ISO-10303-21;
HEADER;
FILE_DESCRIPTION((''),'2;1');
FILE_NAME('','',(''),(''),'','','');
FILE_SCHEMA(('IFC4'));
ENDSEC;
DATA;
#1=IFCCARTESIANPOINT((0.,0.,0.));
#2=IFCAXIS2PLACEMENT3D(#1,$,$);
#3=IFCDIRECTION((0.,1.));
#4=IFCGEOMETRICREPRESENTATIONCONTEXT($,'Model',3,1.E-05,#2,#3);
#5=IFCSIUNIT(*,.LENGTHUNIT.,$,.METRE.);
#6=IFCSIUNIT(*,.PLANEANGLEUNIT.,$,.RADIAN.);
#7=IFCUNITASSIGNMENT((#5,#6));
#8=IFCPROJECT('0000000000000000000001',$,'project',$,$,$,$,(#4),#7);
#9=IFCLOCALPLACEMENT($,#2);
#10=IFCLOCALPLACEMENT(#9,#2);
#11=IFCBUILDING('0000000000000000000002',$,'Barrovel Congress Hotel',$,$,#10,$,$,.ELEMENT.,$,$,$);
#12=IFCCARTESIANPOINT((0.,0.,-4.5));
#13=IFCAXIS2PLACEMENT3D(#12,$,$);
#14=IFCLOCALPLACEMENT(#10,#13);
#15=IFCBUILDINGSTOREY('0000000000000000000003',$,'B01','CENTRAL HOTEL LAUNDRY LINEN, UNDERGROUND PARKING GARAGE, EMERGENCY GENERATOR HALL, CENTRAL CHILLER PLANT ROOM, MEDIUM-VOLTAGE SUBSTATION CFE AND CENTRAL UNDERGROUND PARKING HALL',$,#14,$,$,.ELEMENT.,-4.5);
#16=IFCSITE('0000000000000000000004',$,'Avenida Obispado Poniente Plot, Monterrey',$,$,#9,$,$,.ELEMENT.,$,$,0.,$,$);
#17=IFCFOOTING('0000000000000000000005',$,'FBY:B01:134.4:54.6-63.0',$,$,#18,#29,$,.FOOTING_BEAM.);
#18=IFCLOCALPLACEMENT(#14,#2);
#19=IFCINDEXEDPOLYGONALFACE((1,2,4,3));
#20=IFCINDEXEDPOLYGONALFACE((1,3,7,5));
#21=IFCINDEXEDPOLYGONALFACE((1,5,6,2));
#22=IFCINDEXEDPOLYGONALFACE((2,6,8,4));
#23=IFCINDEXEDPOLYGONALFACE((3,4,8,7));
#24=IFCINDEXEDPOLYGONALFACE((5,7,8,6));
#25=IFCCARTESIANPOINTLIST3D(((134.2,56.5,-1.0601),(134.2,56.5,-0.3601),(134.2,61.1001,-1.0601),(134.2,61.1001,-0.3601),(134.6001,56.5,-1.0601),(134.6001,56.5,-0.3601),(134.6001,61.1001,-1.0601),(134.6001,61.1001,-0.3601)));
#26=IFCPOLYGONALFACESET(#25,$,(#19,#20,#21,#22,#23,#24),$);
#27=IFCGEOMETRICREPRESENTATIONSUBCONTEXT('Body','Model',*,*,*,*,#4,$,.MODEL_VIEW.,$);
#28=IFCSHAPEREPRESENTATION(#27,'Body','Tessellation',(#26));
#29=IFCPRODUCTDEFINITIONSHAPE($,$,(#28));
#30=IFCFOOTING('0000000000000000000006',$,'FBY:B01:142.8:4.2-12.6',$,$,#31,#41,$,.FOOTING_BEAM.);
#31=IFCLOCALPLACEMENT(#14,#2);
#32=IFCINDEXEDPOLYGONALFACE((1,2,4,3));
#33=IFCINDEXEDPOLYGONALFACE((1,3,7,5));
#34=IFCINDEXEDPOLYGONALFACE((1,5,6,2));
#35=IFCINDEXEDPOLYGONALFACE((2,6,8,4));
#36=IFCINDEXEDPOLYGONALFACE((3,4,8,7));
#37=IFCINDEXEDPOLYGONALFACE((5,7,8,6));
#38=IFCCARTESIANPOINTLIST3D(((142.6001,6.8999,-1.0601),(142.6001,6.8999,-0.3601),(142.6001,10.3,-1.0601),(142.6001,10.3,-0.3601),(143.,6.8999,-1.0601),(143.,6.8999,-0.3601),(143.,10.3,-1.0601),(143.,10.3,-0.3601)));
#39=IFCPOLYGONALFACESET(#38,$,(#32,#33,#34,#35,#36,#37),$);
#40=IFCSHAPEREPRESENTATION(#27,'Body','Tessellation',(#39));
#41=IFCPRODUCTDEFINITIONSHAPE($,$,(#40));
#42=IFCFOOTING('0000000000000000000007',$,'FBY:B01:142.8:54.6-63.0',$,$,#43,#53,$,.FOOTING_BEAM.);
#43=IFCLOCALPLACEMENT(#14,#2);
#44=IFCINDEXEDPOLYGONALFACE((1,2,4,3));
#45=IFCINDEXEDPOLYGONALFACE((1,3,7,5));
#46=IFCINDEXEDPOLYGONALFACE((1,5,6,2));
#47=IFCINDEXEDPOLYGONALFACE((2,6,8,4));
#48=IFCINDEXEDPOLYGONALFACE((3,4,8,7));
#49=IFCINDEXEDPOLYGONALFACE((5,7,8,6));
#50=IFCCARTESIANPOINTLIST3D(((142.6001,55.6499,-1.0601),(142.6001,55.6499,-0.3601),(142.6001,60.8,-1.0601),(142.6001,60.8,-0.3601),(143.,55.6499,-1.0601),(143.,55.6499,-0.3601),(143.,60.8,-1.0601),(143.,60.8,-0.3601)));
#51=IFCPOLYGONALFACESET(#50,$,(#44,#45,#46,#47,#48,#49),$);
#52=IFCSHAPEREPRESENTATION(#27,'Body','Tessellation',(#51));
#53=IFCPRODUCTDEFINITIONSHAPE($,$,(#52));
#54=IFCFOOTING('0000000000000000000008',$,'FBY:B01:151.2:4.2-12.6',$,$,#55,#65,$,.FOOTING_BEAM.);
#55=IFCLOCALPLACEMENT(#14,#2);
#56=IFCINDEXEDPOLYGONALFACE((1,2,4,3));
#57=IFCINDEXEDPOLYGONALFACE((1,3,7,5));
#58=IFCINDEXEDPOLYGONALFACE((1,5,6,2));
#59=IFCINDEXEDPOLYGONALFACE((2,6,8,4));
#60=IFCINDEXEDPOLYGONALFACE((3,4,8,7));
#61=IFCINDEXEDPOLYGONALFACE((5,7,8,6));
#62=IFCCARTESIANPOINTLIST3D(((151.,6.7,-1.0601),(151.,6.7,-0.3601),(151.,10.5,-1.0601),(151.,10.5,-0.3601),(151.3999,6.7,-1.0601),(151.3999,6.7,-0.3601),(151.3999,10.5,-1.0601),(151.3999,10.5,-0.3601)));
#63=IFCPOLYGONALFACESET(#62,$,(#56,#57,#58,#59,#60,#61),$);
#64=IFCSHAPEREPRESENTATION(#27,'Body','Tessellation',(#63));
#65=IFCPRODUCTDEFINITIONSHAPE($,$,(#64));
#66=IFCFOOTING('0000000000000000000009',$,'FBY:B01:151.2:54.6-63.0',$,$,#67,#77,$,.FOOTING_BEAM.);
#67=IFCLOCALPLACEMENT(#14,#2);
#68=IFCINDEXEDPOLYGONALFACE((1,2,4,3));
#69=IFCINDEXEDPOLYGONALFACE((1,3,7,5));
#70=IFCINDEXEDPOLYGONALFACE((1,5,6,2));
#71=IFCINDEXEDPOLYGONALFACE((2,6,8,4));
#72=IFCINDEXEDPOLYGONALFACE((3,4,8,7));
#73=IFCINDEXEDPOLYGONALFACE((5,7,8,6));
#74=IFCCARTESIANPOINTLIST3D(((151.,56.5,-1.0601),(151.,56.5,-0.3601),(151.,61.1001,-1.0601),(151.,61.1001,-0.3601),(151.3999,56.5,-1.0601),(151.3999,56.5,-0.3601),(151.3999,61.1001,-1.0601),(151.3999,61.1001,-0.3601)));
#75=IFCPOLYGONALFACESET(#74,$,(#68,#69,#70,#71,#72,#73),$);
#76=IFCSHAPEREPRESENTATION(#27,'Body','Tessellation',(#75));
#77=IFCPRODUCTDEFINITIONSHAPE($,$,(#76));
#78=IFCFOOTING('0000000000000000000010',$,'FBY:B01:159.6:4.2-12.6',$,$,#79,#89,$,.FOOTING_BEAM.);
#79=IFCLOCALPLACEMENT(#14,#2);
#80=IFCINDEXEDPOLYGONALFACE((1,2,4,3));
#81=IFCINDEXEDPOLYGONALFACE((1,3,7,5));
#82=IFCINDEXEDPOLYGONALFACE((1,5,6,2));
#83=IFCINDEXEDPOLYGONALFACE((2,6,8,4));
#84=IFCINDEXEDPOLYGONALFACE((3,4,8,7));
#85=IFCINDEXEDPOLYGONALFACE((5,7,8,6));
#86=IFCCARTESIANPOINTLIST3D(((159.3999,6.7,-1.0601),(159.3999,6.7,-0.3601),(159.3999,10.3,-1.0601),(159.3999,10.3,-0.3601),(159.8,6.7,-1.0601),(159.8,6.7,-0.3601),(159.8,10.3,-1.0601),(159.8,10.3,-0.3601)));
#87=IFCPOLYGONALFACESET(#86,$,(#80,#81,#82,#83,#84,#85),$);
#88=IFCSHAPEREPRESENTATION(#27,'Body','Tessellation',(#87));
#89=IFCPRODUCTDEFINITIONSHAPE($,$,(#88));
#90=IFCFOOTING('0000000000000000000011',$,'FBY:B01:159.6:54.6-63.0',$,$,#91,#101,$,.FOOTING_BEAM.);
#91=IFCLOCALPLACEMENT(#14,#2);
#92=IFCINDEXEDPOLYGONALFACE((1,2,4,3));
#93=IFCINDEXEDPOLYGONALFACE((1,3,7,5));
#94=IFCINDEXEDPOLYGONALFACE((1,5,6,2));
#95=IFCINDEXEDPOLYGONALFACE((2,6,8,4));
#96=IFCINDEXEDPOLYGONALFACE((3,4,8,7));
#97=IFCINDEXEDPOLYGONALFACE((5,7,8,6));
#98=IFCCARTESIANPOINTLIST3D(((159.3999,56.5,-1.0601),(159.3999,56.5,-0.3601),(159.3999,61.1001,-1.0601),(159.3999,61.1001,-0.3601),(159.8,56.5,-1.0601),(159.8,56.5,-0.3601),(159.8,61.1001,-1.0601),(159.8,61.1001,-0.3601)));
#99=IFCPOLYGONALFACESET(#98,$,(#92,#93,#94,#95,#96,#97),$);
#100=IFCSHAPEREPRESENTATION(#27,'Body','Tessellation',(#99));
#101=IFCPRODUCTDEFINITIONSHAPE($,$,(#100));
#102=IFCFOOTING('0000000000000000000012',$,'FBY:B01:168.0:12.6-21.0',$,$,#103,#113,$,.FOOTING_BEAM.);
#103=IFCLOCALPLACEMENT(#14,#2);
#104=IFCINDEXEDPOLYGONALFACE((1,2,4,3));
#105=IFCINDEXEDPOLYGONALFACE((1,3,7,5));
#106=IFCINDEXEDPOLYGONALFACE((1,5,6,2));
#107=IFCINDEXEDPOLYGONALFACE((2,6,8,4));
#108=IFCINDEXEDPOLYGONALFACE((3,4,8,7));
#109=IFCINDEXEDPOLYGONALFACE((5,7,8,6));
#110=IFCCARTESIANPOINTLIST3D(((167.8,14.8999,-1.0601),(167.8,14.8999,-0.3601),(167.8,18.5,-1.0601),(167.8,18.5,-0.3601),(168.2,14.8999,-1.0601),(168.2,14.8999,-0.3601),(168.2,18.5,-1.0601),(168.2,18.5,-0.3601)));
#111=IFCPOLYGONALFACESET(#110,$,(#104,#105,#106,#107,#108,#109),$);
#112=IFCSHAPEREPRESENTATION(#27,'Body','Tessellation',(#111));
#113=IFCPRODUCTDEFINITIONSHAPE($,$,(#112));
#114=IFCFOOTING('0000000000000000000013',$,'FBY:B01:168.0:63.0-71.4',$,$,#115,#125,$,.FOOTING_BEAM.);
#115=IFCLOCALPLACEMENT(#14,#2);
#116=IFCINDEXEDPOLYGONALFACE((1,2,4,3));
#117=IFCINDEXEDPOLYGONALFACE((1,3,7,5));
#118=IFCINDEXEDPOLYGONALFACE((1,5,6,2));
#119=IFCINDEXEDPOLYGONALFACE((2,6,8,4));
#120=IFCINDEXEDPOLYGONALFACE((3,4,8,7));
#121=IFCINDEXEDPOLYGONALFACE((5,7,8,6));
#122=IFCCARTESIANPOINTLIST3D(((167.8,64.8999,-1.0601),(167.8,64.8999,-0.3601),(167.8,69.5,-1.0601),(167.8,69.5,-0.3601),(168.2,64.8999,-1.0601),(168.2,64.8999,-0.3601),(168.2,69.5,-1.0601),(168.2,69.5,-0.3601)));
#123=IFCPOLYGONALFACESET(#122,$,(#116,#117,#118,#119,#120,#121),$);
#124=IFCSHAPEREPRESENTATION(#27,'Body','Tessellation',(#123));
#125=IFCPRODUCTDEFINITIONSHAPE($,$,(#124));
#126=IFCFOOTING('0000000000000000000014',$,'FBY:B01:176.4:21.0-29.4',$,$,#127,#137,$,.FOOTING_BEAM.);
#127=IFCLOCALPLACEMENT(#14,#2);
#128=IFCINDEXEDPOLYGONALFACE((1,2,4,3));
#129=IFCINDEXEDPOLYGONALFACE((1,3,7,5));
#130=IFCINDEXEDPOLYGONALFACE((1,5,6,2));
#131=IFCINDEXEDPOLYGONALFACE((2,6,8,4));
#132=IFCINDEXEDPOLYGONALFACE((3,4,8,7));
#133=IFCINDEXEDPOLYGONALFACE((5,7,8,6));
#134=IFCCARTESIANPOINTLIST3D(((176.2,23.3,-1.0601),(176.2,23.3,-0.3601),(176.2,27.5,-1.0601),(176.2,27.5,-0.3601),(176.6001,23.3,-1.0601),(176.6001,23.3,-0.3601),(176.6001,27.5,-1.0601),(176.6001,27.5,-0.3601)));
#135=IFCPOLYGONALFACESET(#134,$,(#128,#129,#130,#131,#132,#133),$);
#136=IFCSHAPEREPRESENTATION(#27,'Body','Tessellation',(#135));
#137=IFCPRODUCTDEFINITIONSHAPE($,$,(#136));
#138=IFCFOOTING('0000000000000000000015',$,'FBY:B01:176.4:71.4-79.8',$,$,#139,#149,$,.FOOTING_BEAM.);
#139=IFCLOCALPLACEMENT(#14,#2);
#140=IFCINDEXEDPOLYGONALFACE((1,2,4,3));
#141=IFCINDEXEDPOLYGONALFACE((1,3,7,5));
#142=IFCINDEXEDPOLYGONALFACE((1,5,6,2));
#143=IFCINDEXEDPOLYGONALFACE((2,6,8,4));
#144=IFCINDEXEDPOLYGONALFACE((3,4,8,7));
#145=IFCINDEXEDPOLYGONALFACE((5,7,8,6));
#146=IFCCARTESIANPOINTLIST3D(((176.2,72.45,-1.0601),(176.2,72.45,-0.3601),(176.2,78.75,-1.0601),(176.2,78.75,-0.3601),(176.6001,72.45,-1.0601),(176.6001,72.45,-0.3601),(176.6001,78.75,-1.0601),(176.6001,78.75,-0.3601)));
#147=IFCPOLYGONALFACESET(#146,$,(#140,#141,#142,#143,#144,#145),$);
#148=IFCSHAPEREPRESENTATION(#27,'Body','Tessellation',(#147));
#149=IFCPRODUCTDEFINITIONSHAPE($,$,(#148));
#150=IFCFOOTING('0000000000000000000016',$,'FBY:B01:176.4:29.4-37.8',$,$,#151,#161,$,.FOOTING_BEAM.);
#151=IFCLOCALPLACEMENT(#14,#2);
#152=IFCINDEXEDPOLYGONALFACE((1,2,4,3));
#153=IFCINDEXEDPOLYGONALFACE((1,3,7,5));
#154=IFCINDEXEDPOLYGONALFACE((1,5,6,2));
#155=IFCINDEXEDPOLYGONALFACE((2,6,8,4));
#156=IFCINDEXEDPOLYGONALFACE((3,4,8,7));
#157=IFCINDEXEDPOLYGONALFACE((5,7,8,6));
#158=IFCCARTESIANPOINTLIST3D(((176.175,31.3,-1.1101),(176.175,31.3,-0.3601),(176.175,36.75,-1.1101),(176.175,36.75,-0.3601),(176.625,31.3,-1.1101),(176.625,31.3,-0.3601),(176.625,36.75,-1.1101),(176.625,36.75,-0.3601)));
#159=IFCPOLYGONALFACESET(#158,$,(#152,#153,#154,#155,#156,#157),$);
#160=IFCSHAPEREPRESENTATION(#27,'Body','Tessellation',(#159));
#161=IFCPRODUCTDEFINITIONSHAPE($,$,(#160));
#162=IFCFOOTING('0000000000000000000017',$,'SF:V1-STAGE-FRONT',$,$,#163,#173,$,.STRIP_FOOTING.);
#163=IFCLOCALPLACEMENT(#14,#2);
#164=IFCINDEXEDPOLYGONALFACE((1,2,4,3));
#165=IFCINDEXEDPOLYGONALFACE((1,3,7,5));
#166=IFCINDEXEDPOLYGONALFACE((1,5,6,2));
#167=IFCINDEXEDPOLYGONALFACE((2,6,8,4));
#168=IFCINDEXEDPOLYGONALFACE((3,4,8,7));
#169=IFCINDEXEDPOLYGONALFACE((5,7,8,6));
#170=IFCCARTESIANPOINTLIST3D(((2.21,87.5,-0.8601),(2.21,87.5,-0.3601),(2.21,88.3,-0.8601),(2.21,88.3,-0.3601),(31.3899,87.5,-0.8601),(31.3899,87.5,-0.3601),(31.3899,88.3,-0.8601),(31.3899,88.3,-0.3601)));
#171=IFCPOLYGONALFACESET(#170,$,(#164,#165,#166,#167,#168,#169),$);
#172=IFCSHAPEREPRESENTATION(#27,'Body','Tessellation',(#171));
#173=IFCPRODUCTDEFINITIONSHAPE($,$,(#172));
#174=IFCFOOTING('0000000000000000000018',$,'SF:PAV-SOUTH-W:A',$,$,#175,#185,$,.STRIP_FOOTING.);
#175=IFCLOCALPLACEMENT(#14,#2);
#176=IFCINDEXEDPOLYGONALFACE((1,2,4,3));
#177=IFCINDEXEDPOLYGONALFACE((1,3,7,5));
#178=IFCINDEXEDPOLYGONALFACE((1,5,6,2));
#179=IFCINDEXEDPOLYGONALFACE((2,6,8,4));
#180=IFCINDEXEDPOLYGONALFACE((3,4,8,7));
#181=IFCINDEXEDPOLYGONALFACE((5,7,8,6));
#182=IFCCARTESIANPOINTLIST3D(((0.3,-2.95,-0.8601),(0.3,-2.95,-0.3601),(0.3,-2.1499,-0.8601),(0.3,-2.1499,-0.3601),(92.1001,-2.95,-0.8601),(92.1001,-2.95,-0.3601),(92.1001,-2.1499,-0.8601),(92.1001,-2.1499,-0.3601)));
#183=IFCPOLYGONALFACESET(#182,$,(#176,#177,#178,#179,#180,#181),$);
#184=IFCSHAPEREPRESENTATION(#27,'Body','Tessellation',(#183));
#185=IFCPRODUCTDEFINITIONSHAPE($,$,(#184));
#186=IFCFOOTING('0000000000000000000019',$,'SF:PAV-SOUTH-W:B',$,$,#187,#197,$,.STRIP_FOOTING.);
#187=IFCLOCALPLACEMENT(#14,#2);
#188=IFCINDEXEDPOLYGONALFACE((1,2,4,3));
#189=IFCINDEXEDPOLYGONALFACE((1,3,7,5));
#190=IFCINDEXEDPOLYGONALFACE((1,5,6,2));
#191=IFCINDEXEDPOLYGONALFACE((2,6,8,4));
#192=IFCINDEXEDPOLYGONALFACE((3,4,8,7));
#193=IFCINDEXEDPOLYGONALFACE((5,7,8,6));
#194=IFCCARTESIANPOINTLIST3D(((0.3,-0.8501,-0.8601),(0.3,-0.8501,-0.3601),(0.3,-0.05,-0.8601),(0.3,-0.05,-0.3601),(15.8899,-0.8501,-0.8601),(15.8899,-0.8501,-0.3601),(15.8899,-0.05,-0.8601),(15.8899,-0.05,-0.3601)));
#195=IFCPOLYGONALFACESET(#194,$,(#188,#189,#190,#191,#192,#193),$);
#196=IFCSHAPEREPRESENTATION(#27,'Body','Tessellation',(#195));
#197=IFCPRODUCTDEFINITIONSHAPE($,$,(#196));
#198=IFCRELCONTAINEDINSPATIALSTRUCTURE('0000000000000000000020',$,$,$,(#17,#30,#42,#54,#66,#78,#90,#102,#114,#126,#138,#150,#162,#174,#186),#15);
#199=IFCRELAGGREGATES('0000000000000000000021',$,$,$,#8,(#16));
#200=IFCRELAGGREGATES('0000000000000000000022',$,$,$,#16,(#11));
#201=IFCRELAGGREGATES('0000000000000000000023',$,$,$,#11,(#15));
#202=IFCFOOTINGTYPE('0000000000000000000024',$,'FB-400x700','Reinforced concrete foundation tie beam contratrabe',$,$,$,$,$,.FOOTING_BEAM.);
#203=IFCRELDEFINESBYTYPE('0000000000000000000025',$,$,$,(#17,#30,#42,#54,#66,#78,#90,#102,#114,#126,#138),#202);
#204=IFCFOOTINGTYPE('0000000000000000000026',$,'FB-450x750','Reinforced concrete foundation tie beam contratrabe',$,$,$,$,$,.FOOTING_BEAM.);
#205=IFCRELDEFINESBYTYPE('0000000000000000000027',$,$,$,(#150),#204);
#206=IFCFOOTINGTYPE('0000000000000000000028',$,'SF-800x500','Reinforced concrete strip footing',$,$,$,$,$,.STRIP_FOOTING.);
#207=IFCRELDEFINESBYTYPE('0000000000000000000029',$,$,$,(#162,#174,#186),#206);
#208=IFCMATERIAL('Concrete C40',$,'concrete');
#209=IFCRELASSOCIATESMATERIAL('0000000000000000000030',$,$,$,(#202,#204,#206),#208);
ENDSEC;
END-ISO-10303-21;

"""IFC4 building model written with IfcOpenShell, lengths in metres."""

from ifc_helpers import new_model, si_unit, direction, frame, origin, place, context, subcontext, project, spatial, polyline, outline, extrude, material, type_object, element, save


model = new_model("IFC4")

# Units and contexts
model_context = context("Model", 3, precision=1e-05, world=origin(), true_north=direction((0.0, 1.0)))
body_context = subcontext(model_context, "Body", "Model", "MODEL_VIEW")
ifc_project = project(units=[si_unit("LENGTHUNIT", "METRE"), si_unit("PLANEANGLEUNIT", "RADIAN")], contexts=[model_context])

# Site, building, storey
site_placement = place(None, origin())
site = spatial("IfcSite", under=ifc_project, at=site_placement, Name="Avenida Obispado Poniente Plot, Monterrey", CompositionType="ELEMENT", RefElevation=0.0)
building_placement = place(site_placement, origin())
building = spatial("IfcBuilding", under=site, at=building_placement, Name="Barrovel Congress Hotel", CompositionType="ELEMENT")
storey_placement = place(building_placement, frame((0.0, 0.0, -4.5)))
storey = spatial("IfcBuildingStorey", under=building, at=storey_placement, Name="B01", Description="CENTRAL HOTEL LAUNDRY LINEN, UNDERGROUND PARKING GARAGE, EMERGENCY GENERATOR HALL, CENTRAL CHILLER PLANT ROOM, MEDIUM-VOLTAGE SUBSTATION CFE AND CENTRAL UNDERGROUND PARKING HALL", CompositionType="ELEMENT", Elevation=-4.5)

# Footings
ifc_material = material(Name="Concrete C40", Category="concrete")
footing_type_1 = type_object("IfcFootingType", Name="FB-400x700", Description="Reinforced concrete foundation tie beam contratrabe", PredefinedType="FOOTING_BEAM", material=ifc_material)
footing_1_placement = place(storey_placement, frame((0.0, 0.0, -1.0601)))
element("IfcFooting", 1, at=footing_1_placement, inside=storey, type_object=footing_type_1, Name="FBY:B01:134.4:54.6-63.0", PredefinedType="FOOTING_BEAM", context=body_context, shape_type="SweptSolid", body=[
    extrude(outline(polyline([(134.2, 56.5), (134.6001, 56.5), (134.6001, 61.1001), (134.2, 61.1001), (134.2, 56.5)])), origin(), (0.0, 0.0, 1.0), 0.7),
])
footing_2_placement = place(storey_placement, frame((0.0, 0.0, -1.0601)))
element("IfcFooting", 2, at=footing_2_placement, inside=storey, type_object=footing_type_1, Name="FBY:B01:142.8:4.2-12.6", PredefinedType="FOOTING_BEAM", context=body_context, shape_type="SweptSolid", body=[
    extrude(outline(polyline([(142.6001, 6.8999), (143.0, 6.8999), (143.0, 10.3), (142.6001, 10.3), (142.6001, 6.8999)])), origin(), (0.0, 0.0, 1.0), 0.7),
])
footing_3_placement = place(storey_placement, frame((0.0, 0.0, -1.0601)))
element("IfcFooting", 3, at=footing_3_placement, inside=storey, type_object=footing_type_1, Name="FBY:B01:142.8:54.6-63.0", PredefinedType="FOOTING_BEAM", context=body_context, shape_type="SweptSolid", body=[
    extrude(outline(polyline([(142.6001, 55.6499), (143.0, 55.6499), (143.0, 60.8), (142.6001, 60.8), (142.6001, 55.6499)])), origin(), (0.0, 0.0, 1.0), 0.7),
])
footing_4_placement = place(storey_placement, frame((0.0, 0.0, -1.0601)))
element("IfcFooting", 4, at=footing_4_placement, inside=storey, type_object=footing_type_1, Name="FBY:B01:151.2:4.2-12.6", PredefinedType="FOOTING_BEAM", context=body_context, shape_type="SweptSolid", body=[
    extrude(outline(polyline([(151.0, 6.7), (151.3999, 6.7), (151.3999, 10.5), (151.0, 10.5), (151.0, 6.7)])), origin(), (0.0, 0.0, 1.0), 0.7),
])
footing_5_placement = place(storey_placement, frame((0.0, 0.0, -1.0601)))
element("IfcFooting", 5, at=footing_5_placement, inside=storey, type_object=footing_type_1, Name="FBY:B01:151.2:54.6-63.0", PredefinedType="FOOTING_BEAM", context=body_context, shape_type="SweptSolid", body=[
    extrude(outline(polyline([(151.0, 56.5), (151.3999, 56.5), (151.3999, 61.1001), (151.0, 61.1001), (151.0, 56.5)])), origin(), (0.0, 0.0, 1.0), 0.7),
])
footing_6_placement = place(storey_placement, frame((0.0, 0.0, -1.0601)))
element("IfcFooting", 6, at=footing_6_placement, inside=storey, type_object=footing_type_1, Name="FBY:B01:159.6:4.2-12.6", PredefinedType="FOOTING_BEAM", context=body_context, shape_type="SweptSolid", body=[
    extrude(outline(polyline([(159.3999, 6.7), (159.8, 6.7), (159.8, 10.3), (159.3999, 10.3), (159.3999, 6.7)])), origin(), (0.0, 0.0, 1.0), 0.7),
])
footing_7_placement = place(storey_placement, frame((0.0, 0.0, -1.0601)))
element("IfcFooting", 7, at=footing_7_placement, inside=storey, type_object=footing_type_1, Name="FBY:B01:159.6:54.6-63.0", PredefinedType="FOOTING_BEAM", context=body_context, shape_type="SweptSolid", body=[
    extrude(outline(polyline([(159.3999, 56.5), (159.8, 56.5), (159.8, 61.1001), (159.3999, 61.1001), (159.3999, 56.5)])), origin(), (0.0, 0.0, 1.0), 0.7),
])
footing_8_placement = place(storey_placement, frame((0.0, 0.0, -1.0601)))
element("IfcFooting", 8, at=footing_8_placement, inside=storey, type_object=footing_type_1, Name="FBY:B01:168.0:12.6-21.0", PredefinedType="FOOTING_BEAM", context=body_context, shape_type="SweptSolid", body=[
    extrude(outline(polyline([(167.8, 14.8999), (168.2, 14.8999), (168.2, 18.5), (167.8, 18.5), (167.8, 14.8999)])), origin(), (0.0, 0.0, 1.0), 0.7),
])
footing_9_placement = place(storey_placement, frame((0.0, 0.0, -1.0601)))
element("IfcFooting", 9, at=footing_9_placement, inside=storey, type_object=footing_type_1, Name="FBY:B01:168.0:63.0-71.4", PredefinedType="FOOTING_BEAM", context=body_context, shape_type="SweptSolid", body=[
    extrude(outline(polyline([(167.8, 64.8999), (168.2, 64.8999), (168.2, 69.5), (167.8, 69.5), (167.8, 64.8999)])), origin(), (0.0, 0.0, 1.0), 0.7),
])
footing_10_placement = place(storey_placement, frame((0.0, 0.0, -1.0601)))
element("IfcFooting", 10, at=footing_10_placement, inside=storey, type_object=footing_type_1, Name="FBY:B01:176.4:21.0-29.4", PredefinedType="FOOTING_BEAM", context=body_context, shape_type="SweptSolid", body=[
    extrude(outline(polyline([(176.2, 23.3), (176.6001, 23.3), (176.6001, 27.5), (176.2, 27.5), (176.2, 23.3)])), origin(), (0.0, 0.0, 1.0), 0.7),
])
footing_11_placement = place(storey_placement, frame((0.0, 0.0, -1.0601)))
element("IfcFooting", 11, at=footing_11_placement, inside=storey, type_object=footing_type_1, Name="FBY:B01:176.4:71.4-79.8", PredefinedType="FOOTING_BEAM", context=body_context, shape_type="SweptSolid", body=[
    extrude(outline(polyline([(176.2, 72.45), (176.6001, 72.45), (176.6001, 78.75), (176.2, 78.75), (176.2, 72.45)])), origin(), (0.0, 0.0, 1.0), 0.7),
])
footing_type_2 = type_object("IfcFootingType", Name="FB-450x750", Description="Reinforced concrete foundation tie beam contratrabe", PredefinedType="FOOTING_BEAM", material=ifc_material)
footing_12_placement = place(storey_placement, frame((0.0, 0.0, -1.1101)))
element("IfcFooting", 12, at=footing_12_placement, inside=storey, type_object=footing_type_2, Name="FBY:B01:176.4:29.4-37.8", PredefinedType="FOOTING_BEAM", context=body_context, shape_type="SweptSolid", body=[
    extrude(outline(polyline([(176.175, 31.3), (176.625, 31.3), (176.625, 36.75), (176.175, 36.75), (176.175, 31.3)])), origin(), (0.0, 0.0, 1.0), 0.75),
])
footing_type_3 = type_object("IfcFootingType", Name="SF-800x500", Description="Reinforced concrete strip footing", PredefinedType="STRIP_FOOTING", material=ifc_material)
footing_13_placement = place(storey_placement, frame((0.0, 0.0, -0.8601)))
element("IfcFooting", 13, at=footing_13_placement, inside=storey, type_object=footing_type_3, Name="SF:V1-STAGE-FRONT", PredefinedType="STRIP_FOOTING", context=body_context, shape_type="SweptSolid", body=[
    extrude(outline(polyline([(2.21, 87.5), (31.3899, 87.5), (31.3899, 88.3), (2.21, 88.3), (2.21, 87.5)])), origin(), (0.0, 0.0, 1.0), 0.5),
])
footing_14_placement = place(storey_placement, frame((0.0, 0.0, -0.8601)))
element("IfcFooting", 14, at=footing_14_placement, inside=storey, type_object=footing_type_3, Name="SF:PAV-SOUTH-W:A", PredefinedType="STRIP_FOOTING", context=body_context, shape_type="SweptSolid", body=[
    extrude(outline(polyline([(0.3, -2.95), (92.1001, -2.95), (92.1001, -2.1499), (0.3, -2.1499), (0.3, -2.95)])), origin(), (0.0, 0.0, 1.0), 0.5),
])
footing_15_placement = place(storey_placement, frame((0.0, 0.0, -0.8601)))
element("IfcFooting", 15, at=footing_15_placement, inside=storey, type_object=footing_type_3, Name="SF:PAV-SOUTH-W:B", PredefinedType="STRIP_FOOTING", context=body_context, shape_type="SweptSolid", body=[
    extrude(outline(polyline([(0.3, -0.8501), (15.8899, -0.8501), (15.8899, -0.05), (0.3, -0.05), (0.3, -0.8501)])), origin(), (0.0, 0.0, 1.0), 0.5),
])

save(model, "model.ifc")
